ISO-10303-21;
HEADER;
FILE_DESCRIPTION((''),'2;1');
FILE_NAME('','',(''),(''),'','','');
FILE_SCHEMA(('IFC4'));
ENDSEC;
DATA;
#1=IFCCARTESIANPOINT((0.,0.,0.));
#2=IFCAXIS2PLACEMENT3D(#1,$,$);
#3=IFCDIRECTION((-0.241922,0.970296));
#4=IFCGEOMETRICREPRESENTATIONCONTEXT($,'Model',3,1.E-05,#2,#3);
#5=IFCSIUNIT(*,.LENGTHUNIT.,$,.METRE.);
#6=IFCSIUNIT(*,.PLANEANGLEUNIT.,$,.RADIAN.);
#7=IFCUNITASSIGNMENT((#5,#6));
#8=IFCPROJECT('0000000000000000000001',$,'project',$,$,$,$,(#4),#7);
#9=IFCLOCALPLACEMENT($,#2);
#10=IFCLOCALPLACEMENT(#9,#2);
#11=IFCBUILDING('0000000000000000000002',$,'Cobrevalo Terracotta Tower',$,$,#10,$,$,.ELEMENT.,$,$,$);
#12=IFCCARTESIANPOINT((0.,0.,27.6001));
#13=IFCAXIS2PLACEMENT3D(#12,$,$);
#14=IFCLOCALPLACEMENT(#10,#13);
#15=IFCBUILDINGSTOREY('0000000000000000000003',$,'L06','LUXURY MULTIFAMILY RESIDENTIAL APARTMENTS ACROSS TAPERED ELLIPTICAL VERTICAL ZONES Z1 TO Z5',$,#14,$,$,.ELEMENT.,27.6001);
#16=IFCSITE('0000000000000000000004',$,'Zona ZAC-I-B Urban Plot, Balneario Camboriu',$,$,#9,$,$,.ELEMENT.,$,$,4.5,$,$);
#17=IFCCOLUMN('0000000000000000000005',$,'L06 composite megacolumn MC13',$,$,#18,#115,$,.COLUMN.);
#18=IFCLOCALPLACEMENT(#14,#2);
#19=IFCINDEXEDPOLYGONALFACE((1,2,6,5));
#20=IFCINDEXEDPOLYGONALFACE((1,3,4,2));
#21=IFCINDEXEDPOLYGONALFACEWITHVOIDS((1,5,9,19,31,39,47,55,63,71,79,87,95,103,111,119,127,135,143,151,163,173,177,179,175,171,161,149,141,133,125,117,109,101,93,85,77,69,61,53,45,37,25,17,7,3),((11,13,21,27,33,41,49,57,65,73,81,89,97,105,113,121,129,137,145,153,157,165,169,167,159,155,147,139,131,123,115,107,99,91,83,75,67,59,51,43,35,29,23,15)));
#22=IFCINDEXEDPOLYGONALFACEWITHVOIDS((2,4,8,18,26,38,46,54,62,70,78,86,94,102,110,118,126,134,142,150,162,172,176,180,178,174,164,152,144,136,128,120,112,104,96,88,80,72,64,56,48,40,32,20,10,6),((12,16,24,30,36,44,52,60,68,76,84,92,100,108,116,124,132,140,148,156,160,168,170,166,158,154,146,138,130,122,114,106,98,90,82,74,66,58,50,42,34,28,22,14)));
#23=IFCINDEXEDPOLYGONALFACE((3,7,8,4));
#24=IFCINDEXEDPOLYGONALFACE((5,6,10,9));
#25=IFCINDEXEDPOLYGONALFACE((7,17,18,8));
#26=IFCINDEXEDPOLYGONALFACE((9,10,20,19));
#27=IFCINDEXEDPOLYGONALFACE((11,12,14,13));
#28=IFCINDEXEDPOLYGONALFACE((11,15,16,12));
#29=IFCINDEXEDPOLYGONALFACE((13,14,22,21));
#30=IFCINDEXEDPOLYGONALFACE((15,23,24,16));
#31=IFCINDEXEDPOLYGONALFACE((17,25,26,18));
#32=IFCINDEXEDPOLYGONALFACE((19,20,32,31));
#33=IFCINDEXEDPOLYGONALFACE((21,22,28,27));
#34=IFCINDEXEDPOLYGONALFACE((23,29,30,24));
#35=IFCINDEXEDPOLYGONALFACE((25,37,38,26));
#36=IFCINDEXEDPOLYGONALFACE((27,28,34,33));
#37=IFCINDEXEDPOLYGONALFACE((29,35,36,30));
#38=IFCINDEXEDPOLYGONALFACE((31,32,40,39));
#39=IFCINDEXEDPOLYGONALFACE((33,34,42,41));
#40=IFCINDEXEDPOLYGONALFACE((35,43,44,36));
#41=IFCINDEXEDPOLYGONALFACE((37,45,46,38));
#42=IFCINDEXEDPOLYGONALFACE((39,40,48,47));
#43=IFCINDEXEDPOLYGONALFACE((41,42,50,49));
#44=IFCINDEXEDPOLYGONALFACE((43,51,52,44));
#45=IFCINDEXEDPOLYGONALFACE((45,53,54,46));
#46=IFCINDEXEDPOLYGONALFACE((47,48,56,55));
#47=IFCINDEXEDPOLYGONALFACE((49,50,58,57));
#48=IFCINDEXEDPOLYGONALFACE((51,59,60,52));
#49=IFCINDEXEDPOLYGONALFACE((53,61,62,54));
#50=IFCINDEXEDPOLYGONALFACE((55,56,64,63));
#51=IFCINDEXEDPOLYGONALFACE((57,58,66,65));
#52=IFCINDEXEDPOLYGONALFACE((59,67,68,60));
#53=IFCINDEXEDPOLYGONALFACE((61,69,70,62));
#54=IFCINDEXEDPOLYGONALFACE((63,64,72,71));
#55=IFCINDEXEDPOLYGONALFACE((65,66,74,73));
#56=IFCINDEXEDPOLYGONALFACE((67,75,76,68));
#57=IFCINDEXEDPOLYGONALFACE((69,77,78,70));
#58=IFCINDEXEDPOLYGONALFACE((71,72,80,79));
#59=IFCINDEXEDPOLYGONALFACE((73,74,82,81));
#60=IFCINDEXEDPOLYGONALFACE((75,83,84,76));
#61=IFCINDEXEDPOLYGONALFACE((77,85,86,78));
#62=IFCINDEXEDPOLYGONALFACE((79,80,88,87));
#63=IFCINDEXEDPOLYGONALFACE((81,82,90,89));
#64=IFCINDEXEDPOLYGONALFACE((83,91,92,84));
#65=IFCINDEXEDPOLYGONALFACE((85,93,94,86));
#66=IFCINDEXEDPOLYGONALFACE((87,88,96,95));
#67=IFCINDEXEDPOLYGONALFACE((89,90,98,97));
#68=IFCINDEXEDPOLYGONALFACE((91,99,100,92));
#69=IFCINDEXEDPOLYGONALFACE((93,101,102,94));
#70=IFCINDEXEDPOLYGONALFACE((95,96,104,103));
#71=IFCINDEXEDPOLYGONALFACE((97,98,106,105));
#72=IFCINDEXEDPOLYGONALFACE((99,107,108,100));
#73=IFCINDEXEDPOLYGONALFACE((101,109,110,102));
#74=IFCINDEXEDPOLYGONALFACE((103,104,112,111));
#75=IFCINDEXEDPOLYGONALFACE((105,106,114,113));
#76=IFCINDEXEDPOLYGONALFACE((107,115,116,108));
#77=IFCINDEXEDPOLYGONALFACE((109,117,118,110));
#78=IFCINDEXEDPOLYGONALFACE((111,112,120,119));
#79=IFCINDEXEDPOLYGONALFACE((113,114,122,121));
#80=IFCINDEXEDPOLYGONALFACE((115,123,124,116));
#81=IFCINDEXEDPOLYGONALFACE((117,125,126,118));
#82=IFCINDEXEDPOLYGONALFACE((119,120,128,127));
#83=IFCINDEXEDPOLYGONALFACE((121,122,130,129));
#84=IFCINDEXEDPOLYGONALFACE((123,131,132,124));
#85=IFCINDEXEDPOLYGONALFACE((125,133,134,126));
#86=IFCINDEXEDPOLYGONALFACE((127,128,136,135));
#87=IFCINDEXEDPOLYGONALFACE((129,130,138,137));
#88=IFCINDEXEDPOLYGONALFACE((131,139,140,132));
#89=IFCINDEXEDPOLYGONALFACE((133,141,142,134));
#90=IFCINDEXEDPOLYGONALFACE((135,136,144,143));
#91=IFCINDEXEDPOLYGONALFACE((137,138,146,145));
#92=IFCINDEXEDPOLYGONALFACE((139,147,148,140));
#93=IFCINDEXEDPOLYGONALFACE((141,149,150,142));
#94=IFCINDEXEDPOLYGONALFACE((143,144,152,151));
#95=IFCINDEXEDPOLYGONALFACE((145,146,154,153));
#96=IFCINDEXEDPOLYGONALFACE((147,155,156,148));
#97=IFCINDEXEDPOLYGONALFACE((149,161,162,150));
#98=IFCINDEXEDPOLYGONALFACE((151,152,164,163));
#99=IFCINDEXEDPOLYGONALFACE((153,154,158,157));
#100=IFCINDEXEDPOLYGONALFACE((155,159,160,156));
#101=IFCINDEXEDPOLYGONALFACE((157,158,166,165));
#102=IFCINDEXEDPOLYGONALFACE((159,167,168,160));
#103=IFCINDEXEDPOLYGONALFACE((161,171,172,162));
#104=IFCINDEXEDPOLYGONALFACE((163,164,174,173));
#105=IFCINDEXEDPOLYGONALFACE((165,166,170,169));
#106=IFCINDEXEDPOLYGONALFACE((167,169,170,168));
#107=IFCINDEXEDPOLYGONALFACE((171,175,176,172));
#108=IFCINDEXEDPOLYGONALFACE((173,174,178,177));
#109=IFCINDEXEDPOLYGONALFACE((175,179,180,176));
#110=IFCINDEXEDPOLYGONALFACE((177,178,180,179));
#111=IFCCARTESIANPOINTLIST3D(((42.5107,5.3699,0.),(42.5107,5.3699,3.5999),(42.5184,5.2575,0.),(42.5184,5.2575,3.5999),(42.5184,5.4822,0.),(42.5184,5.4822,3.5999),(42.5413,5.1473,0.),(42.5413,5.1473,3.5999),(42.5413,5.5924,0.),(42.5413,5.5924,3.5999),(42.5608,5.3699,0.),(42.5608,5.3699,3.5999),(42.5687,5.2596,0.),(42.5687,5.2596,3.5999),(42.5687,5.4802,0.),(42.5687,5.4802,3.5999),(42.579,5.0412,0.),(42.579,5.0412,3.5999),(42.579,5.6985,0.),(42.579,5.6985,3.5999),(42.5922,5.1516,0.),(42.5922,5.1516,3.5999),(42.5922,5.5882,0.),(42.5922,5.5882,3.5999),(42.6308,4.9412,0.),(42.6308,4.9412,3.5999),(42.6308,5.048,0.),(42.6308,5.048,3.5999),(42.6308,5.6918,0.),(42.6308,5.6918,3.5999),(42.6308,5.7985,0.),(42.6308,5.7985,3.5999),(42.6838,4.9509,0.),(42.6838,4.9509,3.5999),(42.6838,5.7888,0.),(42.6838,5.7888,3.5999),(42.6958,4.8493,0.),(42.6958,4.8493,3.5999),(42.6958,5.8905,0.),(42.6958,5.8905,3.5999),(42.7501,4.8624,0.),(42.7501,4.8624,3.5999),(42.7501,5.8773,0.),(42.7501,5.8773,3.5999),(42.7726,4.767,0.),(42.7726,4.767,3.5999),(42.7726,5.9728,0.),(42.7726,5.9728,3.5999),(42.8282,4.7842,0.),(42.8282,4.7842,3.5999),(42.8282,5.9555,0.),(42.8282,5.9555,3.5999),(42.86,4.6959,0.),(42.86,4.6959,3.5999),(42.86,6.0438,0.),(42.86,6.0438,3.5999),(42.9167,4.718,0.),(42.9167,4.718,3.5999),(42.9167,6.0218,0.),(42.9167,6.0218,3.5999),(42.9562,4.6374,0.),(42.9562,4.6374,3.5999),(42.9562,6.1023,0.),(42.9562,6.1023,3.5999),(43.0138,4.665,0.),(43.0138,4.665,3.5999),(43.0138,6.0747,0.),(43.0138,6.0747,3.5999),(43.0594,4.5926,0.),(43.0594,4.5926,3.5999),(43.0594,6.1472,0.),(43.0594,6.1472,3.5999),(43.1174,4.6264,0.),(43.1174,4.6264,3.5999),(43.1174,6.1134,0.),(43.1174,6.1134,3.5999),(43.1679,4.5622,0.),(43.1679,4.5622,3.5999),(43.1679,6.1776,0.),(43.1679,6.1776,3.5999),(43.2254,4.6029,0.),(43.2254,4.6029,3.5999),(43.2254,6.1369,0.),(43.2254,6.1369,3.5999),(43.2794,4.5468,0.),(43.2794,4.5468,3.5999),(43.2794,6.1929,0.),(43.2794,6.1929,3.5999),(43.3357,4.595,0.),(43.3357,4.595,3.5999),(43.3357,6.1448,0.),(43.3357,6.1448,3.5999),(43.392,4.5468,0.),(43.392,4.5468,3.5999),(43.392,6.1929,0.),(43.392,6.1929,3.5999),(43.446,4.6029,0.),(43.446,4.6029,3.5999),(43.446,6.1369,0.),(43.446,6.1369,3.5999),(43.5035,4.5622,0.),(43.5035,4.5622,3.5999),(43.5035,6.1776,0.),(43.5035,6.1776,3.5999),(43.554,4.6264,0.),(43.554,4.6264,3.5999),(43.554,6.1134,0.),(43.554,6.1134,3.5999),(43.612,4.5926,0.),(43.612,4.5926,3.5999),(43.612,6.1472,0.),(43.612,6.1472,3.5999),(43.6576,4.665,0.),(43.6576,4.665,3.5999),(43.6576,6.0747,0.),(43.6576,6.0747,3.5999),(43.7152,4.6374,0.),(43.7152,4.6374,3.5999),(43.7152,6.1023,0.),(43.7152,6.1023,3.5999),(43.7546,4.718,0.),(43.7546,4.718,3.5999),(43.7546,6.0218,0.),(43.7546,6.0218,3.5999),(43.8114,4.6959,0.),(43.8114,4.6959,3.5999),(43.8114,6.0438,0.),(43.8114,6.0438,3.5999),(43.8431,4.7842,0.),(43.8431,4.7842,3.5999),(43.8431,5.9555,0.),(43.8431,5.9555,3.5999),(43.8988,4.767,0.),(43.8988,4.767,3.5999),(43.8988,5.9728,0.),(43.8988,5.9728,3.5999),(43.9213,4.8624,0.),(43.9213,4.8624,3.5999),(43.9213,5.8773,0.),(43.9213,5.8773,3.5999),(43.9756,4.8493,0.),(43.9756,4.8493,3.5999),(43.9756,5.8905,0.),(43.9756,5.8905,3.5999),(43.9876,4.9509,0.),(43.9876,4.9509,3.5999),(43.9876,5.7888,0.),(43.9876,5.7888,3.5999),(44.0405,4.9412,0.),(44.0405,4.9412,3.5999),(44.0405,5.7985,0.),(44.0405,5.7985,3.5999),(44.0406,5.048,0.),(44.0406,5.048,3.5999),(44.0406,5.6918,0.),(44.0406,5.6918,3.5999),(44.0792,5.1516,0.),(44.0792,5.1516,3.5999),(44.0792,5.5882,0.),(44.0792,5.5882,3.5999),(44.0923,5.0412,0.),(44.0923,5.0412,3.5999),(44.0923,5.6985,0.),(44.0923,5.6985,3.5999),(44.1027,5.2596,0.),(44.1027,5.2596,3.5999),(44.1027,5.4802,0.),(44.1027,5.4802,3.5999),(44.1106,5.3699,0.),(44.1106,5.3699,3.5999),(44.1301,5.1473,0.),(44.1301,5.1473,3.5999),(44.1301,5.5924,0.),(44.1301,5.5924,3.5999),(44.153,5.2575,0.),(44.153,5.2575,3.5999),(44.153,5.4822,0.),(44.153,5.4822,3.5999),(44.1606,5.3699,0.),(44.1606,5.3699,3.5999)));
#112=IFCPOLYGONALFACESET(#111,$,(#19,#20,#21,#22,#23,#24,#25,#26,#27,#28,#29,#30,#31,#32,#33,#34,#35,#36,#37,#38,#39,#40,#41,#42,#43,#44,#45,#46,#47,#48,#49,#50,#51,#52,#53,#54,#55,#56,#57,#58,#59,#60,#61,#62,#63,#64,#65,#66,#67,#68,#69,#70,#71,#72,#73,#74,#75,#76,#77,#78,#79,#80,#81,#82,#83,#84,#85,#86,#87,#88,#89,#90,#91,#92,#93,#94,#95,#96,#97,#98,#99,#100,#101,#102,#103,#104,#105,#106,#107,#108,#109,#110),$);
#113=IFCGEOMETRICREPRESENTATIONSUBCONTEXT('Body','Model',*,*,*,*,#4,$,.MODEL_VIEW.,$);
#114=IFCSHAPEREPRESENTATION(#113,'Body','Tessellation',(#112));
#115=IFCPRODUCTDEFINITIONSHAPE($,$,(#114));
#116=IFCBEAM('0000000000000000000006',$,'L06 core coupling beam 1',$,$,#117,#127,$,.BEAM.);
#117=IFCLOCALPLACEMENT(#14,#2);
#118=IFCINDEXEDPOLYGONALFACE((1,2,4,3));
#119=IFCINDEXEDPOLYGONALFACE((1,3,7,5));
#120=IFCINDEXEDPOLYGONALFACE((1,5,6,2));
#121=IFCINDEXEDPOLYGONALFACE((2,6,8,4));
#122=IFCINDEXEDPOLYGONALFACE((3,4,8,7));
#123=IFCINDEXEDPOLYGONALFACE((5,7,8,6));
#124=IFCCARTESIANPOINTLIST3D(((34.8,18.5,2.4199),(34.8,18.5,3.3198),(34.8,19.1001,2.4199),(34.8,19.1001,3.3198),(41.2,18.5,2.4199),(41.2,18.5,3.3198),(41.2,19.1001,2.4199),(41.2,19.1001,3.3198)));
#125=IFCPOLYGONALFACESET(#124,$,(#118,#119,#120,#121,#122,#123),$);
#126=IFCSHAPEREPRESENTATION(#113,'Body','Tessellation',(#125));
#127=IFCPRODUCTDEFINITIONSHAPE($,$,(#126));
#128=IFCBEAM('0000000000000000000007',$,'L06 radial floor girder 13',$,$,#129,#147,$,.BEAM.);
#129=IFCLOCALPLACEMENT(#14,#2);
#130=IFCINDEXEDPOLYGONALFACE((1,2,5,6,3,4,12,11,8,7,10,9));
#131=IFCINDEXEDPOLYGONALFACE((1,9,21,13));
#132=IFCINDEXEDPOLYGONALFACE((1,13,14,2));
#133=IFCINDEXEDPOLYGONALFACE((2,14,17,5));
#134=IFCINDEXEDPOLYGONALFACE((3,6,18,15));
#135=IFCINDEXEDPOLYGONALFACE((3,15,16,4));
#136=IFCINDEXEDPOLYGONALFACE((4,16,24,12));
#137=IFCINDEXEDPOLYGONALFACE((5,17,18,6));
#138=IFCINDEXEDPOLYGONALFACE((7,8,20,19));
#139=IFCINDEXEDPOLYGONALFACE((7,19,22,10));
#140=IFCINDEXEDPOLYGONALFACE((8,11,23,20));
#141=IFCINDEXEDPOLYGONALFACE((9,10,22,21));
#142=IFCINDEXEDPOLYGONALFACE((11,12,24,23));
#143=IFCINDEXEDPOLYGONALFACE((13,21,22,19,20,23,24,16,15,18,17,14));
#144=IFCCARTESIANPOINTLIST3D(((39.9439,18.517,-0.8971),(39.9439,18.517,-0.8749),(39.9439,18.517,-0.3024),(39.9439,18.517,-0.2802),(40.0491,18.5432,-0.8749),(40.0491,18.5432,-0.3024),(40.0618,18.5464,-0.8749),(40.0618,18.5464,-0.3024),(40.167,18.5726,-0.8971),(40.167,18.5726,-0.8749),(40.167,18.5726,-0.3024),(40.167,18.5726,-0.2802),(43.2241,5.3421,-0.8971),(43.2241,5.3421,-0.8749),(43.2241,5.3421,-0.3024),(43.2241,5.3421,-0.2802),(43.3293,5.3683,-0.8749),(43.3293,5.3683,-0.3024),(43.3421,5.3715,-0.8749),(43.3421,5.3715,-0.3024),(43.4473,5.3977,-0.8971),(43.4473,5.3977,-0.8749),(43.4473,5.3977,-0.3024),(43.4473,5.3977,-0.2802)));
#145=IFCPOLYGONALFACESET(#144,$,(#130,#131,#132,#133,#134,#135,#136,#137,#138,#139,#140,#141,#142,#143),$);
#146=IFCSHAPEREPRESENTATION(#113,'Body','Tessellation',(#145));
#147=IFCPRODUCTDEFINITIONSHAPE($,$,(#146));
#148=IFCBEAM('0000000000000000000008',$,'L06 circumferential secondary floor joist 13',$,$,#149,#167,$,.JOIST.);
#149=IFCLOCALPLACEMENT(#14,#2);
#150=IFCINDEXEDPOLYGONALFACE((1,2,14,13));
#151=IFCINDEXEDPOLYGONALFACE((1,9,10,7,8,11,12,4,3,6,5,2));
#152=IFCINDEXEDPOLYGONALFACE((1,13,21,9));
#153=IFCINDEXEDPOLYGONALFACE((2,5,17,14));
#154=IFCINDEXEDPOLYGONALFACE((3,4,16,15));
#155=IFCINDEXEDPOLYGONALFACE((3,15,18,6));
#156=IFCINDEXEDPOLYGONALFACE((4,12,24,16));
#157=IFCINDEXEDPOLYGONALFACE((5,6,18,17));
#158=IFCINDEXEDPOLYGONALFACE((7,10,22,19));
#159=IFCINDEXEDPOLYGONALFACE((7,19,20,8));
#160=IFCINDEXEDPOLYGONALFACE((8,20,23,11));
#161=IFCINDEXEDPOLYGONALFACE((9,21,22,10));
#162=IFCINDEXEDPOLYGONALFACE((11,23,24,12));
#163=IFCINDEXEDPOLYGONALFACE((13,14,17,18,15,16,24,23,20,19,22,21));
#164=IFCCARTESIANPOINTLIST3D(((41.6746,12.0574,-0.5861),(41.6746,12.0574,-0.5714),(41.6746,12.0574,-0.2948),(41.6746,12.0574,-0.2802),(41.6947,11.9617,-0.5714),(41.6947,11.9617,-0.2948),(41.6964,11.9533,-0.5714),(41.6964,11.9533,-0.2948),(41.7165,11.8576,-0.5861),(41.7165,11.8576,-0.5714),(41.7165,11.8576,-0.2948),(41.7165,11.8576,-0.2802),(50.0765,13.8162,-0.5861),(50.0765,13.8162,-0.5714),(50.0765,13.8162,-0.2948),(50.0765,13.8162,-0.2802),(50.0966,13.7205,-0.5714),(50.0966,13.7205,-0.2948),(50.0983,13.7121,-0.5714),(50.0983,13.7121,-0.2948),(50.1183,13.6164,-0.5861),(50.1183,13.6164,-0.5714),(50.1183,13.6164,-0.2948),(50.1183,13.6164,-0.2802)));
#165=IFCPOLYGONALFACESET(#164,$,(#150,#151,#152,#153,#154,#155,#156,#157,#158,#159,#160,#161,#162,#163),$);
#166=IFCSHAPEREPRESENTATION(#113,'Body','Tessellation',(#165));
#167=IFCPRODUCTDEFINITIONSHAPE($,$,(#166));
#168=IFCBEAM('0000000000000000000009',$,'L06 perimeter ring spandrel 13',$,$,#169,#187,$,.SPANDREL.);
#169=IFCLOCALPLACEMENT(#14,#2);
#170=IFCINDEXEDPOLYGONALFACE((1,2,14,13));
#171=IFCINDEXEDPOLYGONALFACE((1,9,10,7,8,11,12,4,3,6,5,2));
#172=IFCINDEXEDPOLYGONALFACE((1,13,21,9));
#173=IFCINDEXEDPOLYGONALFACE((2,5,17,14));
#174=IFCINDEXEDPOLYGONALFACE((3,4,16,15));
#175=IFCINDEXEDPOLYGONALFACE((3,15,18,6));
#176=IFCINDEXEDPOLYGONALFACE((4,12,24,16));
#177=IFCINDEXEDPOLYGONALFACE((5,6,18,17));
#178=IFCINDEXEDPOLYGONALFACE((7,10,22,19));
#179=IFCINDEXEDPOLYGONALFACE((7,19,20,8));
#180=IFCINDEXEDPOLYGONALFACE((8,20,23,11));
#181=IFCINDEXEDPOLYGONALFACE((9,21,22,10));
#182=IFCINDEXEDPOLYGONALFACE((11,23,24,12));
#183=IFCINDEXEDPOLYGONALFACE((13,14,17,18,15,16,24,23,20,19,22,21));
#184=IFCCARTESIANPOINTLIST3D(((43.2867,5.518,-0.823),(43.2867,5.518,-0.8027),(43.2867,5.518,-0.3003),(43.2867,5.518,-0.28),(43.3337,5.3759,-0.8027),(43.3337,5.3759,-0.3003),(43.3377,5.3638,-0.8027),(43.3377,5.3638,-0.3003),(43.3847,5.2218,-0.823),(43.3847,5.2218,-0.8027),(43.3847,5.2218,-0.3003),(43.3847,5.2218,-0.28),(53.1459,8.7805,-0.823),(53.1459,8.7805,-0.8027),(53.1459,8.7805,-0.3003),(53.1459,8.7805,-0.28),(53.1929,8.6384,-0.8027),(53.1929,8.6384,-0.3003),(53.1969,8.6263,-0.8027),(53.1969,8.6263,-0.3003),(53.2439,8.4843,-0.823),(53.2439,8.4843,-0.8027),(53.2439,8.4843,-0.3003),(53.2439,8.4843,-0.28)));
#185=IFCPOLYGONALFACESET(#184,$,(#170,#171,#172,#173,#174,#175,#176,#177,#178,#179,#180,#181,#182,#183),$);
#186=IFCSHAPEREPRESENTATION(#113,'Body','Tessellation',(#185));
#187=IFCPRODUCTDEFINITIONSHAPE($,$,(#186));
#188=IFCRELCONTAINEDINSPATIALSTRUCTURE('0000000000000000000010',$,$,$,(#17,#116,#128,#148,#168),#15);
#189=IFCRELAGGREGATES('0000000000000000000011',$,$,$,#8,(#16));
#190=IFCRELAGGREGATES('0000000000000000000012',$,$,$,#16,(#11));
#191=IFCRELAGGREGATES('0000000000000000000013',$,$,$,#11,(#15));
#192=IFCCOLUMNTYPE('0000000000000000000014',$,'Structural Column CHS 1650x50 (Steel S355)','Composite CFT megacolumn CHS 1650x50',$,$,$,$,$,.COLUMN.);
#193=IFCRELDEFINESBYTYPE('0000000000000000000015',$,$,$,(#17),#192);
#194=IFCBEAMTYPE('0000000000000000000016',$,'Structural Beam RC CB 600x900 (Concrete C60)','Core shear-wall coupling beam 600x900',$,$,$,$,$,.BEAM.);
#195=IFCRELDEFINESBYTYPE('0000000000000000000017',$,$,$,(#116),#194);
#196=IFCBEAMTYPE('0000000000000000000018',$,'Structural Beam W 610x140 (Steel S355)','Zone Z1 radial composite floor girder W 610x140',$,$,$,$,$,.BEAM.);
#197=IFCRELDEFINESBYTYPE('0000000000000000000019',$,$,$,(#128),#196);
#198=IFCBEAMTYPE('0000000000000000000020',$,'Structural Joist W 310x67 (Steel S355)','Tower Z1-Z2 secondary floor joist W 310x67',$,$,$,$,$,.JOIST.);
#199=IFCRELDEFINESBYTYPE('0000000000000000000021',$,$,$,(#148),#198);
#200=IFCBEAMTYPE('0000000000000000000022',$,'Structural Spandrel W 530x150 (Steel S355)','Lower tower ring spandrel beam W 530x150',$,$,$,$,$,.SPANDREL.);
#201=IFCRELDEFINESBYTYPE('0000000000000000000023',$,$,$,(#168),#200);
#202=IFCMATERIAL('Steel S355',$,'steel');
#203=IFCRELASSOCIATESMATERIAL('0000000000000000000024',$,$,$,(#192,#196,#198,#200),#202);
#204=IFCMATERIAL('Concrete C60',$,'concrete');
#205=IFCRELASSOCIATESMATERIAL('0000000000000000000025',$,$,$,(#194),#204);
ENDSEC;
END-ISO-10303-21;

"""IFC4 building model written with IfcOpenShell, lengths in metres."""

from ifc_helpers import new_model, si_unit, direction, frame, origin, origin_2d, place, context, subcontext, project, spatial, rectangle, hollow_circle, i_section, extrude, material, material_profile, profile_set, type_object, element, save


model = new_model("IFC4")

# Units and contexts
model_context = context("Model", 3, precision=1e-05, world=origin(), true_north=direction((-0.241922, 0.970296)))
body_context = subcontext(model_context, "Body", "Model", "MODEL_VIEW")
ifc_project = project(units=[si_unit("LENGTHUNIT", "METRE"), si_unit("PLANEANGLEUNIT", "RADIAN")], contexts=[model_context])

# Site, building, storey
site_placement = place(None, origin())
site = spatial("IfcSite", under=ifc_project, at=site_placement, Name="Zona ZAC-I-B Urban Plot, Balneario Camboriu", CompositionType="ELEMENT", RefElevation=4.5)
building_placement = place(site_placement, origin())
building = spatial("IfcBuilding", under=site, at=building_placement, Name="Cobrevalo Terracotta Tower", CompositionType="ELEMENT")
storey_placement = place(building_placement, frame((0.0, 0.0, 27.6001)))
storey = spatial("IfcBuildingStorey", under=building, at=storey_placement, Name="L06", Description="LUXURY MULTIFAMILY RESIDENTIAL APARTMENTS ACROSS TAPERED ELLIPTICAL VERTICAL ZONES Z1 TO Z5", CompositionType="ELEMENT", Elevation=27.6001)

# Column
ifc_material_1 = material(Name="Steel S355", Category="steel")
ifc_material_profile_1 = material_profile(ifc_material_1, hollow_circle(Radius=0.825, WallThickness=0.05, at=origin_2d()), Name="CHS 1650x50")
ifc_profile_set_1 = profile_set([ifc_material_profile_1], Name="Steel S355")
column_type = type_object("IfcColumnType", Name="Structural Column CHS 1650x50 (Steel S355)", Description="Composite CFT megacolumn CHS 1650x50", PredefinedType="COLUMN", material=ifc_profile_set_1)
column_placement = place(storey_placement, frame((43.3357, 5.3699, 0.0), z_axis=(0.0, 0.0, 1.0), x_axis=(1.0, 0.0, 0.0)))
element("IfcColumn", 1, at=column_placement, inside=storey, type_object=column_type, Name="L06 composite megacolumn MC13", PredefinedType="COLUMN", context=body_context, shape_type="SweptSolid", body=[
    extrude(hollow_circle(Radius=0.825, WallThickness=0.05, at=origin_2d()), origin(), (0.0, 0.0, 1.0), 3.5999),
])

# Beams
ifc_material_2 = material(Name="Concrete C60", Category="concrete")
ifc_material_profile_2 = material_profile(ifc_material_2, rectangle(XDim=0.6001, YDim=0.8999, at=origin_2d()), Name="RC CB 600x900")
ifc_profile_set_2 = profile_set([ifc_material_profile_2], Name="Concrete C60")
beam_type_1 = type_object("IfcBeamType", Name="Structural Beam RC CB 600x900 (Concrete C60)", Description="Core shear-wall coupling beam 600x900", PredefinedType="BEAM", material=ifc_profile_set_2)
beam_1_placement = place(storey_placement, frame((34.8, 18.8, 2.8699), z_axis=(1.0, 0.0, 0.0), x_axis=(0.0, 1.0, 0.0)))
element("IfcBeam", 2, at=beam_1_placement, inside=storey, type_object=beam_type_1, Name="L06 core coupling beam 1", PredefinedType="BEAM", context=body_context, shape_type="SweptSolid", body=[
    extrude(rectangle(XDim=0.6001, YDim=0.8999, at=origin_2d()), origin(), (0.0, 0.0, 1.0), 6.3999),
])
ifc_material_profile_3 = material_profile(ifc_material_1, i_section(OverallWidth=0.23, OverallDepth=0.6169, WebThickness=0.0132, FlangeThickness=0.0222, at=origin_2d()), Name="W 610x140")
ifc_profile_set_3 = profile_set([ifc_material_profile_3], Name="Steel S355")
beam_type_2 = type_object("IfcBeamType", Name="Structural Beam W 610x140 (Steel S355)", Description="Zone Z1 radial composite floor girder W 610x140", PredefinedType="BEAM", material=ifc_profile_set_3)
beam_2_placement = place(storey_placement, frame((43.3357, 5.3699, -0.5886), z_axis=(-0.2416, 0.970376, 0.0), x_axis=(-0.970376, -0.2416, 0.0)))
element("IfcBeam", 3, at=beam_2_placement, inside=storey, type_object=beam_type_2, Name="L06 radial floor girder 13", PredefinedType="BEAM", context=body_context, shape_type="SweptSolid", body=[
    extrude(i_section(OverallWidth=0.23, OverallDepth=0.6169, WebThickness=0.0132, FlangeThickness=0.0222, at=origin_2d()), origin(), (0.0, 0.0, 1.0), 13.5771),
])
ifc_material_profile_4 = material_profile(ifc_material_1, i_section(OverallWidth=0.2041, OverallDepth=0.3059, WebThickness=0.0085, FlangeThickness=0.0146, at=origin_2d()), Name="W 310x67")
ifc_profile_set_4 = profile_set([ifc_material_profile_4], Name="Steel S355")
beam_type_3 = type_object("IfcBeamType", Name="Structural Joist W 310x67 (Steel S355)", Description="Tower Z1-Z2 secondary floor joist W 310x67", PredefinedType="JOIST", material=ifc_profile_set_4)
beam_3_placement = place(storey_placement, frame((41.6956, 11.9575, -0.4331), z_axis=(0.978785, 0.204892, 0.0), x_axis=(-0.204892, 0.978785, 0.0)))
element("IfcBeam", 4, at=beam_3_placement, inside=storey, type_object=beam_type_3, Name="L06 circumferential secondary floor joist 13", PredefinedType="JOIST", context=body_context, shape_type="SweptSolid", body=[
    extrude(i_section(OverallWidth=0.2041, OverallDepth=0.3059, WebThickness=0.0085, FlangeThickness=0.0146, at=origin_2d()), origin(), (0.0, 0.0, 1.0), 8.584),
])
ifc_material_profile_5 = material_profile(ifc_material_1, i_section(OverallWidth=0.312, OverallDepth=0.543, WebThickness=0.0127, FlangeThickness=0.0203, at=origin_2d()), Name="W 530x150")
ifc_profile_set_5 = profile_set([ifc_material_profile_5], Name="Steel S355")
beam_type_4 = type_object("IfcBeamType", Name="Structural Spandrel W 530x150 (Steel S355)", Description="Lower tower ring spandrel beam W 530x150", PredefinedType="SPANDREL", material=ifc_profile_set_5)
beam_4_placement = place(storey_placement, frame((43.3357, 5.3699, -0.5515), z_axis=(0.949372, 0.314153, 0.0), x_axis=(-0.314153, 0.949372, 0.0)))
element("IfcBeam", 5, at=beam_4_placement, inside=storey, type_object=beam_type_4, Name="L06 perimeter ring spandrel 13", PredefinedType="SPANDREL", context=body_context, shape_type="SweptSolid", body=[
    extrude(i_section(OverallWidth=0.312, OverallDepth=0.543, WebThickness=0.0127, FlangeThickness=0.0203, at=origin_2d()), origin(), (0.0, 0.0, 1.0), 10.385),
])

save(model, "model.ifc")
